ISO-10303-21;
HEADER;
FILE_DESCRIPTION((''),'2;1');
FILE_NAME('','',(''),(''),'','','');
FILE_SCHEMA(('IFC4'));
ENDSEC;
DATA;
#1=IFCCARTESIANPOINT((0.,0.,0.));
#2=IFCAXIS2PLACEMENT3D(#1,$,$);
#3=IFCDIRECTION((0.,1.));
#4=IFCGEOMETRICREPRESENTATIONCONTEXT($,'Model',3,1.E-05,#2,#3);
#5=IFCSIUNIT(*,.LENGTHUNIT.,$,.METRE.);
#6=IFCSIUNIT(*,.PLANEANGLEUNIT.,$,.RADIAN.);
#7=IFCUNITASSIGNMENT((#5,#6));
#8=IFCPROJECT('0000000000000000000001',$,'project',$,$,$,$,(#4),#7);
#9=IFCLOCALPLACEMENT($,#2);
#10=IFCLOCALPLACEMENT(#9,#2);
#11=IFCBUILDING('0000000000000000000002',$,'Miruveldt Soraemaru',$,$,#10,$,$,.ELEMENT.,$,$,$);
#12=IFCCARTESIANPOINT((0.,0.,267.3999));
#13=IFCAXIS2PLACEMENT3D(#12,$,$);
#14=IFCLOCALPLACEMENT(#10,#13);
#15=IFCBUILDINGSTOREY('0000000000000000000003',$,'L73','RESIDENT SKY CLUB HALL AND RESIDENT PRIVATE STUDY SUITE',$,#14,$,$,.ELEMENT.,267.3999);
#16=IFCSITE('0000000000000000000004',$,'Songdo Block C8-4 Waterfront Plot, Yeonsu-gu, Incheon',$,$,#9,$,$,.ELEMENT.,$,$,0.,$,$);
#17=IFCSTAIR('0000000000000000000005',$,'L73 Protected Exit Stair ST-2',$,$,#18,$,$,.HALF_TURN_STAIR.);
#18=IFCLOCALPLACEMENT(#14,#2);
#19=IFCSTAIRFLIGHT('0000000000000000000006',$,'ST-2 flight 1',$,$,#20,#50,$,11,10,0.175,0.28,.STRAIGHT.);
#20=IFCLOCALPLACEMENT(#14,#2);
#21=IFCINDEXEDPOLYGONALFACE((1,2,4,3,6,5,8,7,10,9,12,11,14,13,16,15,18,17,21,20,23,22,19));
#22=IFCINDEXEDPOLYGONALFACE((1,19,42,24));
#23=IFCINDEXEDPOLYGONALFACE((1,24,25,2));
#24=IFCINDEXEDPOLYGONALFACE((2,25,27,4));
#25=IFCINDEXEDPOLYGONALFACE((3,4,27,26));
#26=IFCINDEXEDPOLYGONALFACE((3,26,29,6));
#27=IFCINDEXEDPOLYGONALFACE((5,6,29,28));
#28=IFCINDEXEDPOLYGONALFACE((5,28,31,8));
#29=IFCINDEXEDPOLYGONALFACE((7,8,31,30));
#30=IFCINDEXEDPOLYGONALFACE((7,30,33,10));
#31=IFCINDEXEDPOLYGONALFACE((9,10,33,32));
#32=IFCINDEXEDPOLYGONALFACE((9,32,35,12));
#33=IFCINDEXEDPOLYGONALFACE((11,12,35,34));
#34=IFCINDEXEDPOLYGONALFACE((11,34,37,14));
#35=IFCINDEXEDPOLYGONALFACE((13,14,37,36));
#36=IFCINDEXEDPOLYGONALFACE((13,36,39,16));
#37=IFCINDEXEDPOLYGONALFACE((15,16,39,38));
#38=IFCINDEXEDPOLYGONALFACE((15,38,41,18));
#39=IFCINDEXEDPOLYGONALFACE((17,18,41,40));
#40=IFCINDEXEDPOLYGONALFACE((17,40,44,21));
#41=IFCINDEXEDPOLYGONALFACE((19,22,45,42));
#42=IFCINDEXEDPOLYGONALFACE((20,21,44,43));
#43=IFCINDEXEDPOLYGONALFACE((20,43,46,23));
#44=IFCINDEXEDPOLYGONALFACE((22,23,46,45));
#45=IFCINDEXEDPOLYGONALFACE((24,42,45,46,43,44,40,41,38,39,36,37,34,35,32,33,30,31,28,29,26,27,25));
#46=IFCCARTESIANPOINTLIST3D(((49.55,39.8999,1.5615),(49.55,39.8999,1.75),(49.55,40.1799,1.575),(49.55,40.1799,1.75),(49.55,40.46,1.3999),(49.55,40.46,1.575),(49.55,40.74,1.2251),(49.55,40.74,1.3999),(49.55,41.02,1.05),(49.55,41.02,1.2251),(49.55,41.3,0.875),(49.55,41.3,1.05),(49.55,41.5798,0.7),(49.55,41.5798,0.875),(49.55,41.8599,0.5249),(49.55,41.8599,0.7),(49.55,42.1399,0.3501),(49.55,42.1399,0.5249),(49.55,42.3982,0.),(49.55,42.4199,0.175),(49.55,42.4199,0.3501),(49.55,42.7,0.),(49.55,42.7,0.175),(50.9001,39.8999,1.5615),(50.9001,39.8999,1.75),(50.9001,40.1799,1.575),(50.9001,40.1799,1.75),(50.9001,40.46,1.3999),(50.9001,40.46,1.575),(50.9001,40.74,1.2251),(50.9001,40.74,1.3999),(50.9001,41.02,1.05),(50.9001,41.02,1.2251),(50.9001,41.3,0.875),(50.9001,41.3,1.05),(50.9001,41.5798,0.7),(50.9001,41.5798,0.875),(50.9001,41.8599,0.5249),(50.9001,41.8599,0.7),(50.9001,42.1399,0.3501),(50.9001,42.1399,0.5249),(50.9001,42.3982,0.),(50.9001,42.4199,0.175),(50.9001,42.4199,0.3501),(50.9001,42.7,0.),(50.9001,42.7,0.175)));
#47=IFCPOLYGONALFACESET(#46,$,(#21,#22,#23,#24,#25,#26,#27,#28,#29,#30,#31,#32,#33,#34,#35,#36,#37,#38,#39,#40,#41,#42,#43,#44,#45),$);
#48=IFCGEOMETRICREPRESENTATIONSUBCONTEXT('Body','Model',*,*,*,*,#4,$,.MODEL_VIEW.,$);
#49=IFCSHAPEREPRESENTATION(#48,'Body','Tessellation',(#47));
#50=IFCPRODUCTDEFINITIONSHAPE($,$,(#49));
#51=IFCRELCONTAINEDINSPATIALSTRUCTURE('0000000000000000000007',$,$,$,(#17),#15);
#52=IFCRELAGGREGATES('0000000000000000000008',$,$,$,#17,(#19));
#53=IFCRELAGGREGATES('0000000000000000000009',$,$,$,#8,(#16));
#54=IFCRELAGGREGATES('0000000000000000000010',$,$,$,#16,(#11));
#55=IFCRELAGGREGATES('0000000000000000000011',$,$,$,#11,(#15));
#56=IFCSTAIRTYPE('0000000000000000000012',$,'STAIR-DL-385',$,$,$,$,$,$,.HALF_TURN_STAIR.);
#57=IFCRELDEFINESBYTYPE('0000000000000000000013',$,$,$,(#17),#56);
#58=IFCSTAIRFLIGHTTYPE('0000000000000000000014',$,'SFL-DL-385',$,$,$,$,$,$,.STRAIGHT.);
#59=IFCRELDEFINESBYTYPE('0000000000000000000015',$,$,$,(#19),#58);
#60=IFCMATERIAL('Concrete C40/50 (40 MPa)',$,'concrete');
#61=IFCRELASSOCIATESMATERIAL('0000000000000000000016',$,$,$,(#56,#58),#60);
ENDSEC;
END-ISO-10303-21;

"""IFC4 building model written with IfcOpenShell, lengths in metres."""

from ifc_helpers import new_model, si_unit, direction, frame, origin, place, context, subcontext, project, spatial, polyline, outline, extrude, material, type_object, element, aggregate, save


model = new_model("IFC4")

# Units and contexts
model_context = context("Model", 3, precision=1e-05, world=origin(), true_north=direction((0.0, 1.0)))
body_context = subcontext(model_context, "Body", "Model", "MODEL_VIEW")
ifc_project = project(units=[si_unit("LENGTHUNIT", "METRE"), si_unit("PLANEANGLEUNIT", "RADIAN")], contexts=[model_context])

# Site, building, storey
site_placement = place(None, origin())
site = spatial("IfcSite", under=ifc_project, at=site_placement, Name="Songdo Block C8-4 Waterfront Plot, Yeonsu-gu, Incheon", CompositionType="ELEMENT", RefElevation=0.0)
building_placement = place(site_placement, origin())
building = spatial("IfcBuilding", under=site, at=building_placement, Name="Miruveldt Soraemaru", CompositionType="ELEMENT")
storey_placement = place(building_placement, frame((0.0, 0.0, 267.3999)))
storey = spatial("IfcBuildingStorey", under=building, at=storey_placement, Name="L73", Description="RESIDENT SKY CLUB HALL AND RESIDENT PRIVATE STUDY SUITE", CompositionType="ELEMENT", Elevation=267.3999)

# Shared definitions
ifc_material_1 = material(Name="Concrete C40/50 (40 MPa)", Category="concrete")

# Stair, stair flight
stair_type = type_object("IfcStairType", Name="STAIR-DL-385", PredefinedType="HALF_TURN_STAIR", material=ifc_material_1)
stair_placement = place(storey_placement, origin())
stair = element("IfcStair", 1, at=stair_placement, inside=storey, type_object=stair_type, Name="L73 Protected Exit Stair ST-2", PredefinedType="HALF_TURN_STAIR")
stair_flight_type = type_object("IfcStairFlightType", Name="SFL-DL-385", PredefinedType="STRAIGHT", material=ifc_material_1)
stair_flight_placement = place(storey_placement, frame((50.2251, 42.7, 0.0), z_axis=(0.0, 0.0, 1.0), x_axis=(0.0, -1.0, 0.0)))
stair_flight = element("IfcStairFlight", 2, at=stair_flight_placement, type_object=stair_flight_type, Name="ST-2 flight 1", NumberOfRisers=11, NumberOfTreads=10, PredefinedType="STRAIGHT", RiserHeight=0.175, TreadLength=0.28, context=body_context, shape_type="SweptSolid", body=[
    extrude(outline(polyline([(0.0, 0.0), (0.0, 0.175), (0.28, 0.175), (0.28, 0.3501), (0.5601, 0.3501), (0.5601, 0.5249), (0.8401, 0.5249), (0.8401, 0.7), (1.1201, 0.7), (1.1201, 0.875), (1.3999, 0.875), (1.3999, 1.05), (1.6799, 1.05), (1.6799, 1.2251), (1.96, 1.2251), (1.96, 1.3999), (2.24, 1.3999), (2.24, 1.575), (2.52, 1.575), (2.52, 1.75), (2.8, 1.75), (2.8, 1.925), (2.8, 1.5615), (0.3018, 0.0), (0.0, 0.0)])), frame((0.0, 0.675, 0.0), z_axis=(0.0, -1.0, 0.0), x_axis=(1.0, 0.0, 0.0)), (0.0, 0.0, 1.0), 1.3501),
])
aggregate(stair, [stair_flight])

save(model, "model.ifc")
